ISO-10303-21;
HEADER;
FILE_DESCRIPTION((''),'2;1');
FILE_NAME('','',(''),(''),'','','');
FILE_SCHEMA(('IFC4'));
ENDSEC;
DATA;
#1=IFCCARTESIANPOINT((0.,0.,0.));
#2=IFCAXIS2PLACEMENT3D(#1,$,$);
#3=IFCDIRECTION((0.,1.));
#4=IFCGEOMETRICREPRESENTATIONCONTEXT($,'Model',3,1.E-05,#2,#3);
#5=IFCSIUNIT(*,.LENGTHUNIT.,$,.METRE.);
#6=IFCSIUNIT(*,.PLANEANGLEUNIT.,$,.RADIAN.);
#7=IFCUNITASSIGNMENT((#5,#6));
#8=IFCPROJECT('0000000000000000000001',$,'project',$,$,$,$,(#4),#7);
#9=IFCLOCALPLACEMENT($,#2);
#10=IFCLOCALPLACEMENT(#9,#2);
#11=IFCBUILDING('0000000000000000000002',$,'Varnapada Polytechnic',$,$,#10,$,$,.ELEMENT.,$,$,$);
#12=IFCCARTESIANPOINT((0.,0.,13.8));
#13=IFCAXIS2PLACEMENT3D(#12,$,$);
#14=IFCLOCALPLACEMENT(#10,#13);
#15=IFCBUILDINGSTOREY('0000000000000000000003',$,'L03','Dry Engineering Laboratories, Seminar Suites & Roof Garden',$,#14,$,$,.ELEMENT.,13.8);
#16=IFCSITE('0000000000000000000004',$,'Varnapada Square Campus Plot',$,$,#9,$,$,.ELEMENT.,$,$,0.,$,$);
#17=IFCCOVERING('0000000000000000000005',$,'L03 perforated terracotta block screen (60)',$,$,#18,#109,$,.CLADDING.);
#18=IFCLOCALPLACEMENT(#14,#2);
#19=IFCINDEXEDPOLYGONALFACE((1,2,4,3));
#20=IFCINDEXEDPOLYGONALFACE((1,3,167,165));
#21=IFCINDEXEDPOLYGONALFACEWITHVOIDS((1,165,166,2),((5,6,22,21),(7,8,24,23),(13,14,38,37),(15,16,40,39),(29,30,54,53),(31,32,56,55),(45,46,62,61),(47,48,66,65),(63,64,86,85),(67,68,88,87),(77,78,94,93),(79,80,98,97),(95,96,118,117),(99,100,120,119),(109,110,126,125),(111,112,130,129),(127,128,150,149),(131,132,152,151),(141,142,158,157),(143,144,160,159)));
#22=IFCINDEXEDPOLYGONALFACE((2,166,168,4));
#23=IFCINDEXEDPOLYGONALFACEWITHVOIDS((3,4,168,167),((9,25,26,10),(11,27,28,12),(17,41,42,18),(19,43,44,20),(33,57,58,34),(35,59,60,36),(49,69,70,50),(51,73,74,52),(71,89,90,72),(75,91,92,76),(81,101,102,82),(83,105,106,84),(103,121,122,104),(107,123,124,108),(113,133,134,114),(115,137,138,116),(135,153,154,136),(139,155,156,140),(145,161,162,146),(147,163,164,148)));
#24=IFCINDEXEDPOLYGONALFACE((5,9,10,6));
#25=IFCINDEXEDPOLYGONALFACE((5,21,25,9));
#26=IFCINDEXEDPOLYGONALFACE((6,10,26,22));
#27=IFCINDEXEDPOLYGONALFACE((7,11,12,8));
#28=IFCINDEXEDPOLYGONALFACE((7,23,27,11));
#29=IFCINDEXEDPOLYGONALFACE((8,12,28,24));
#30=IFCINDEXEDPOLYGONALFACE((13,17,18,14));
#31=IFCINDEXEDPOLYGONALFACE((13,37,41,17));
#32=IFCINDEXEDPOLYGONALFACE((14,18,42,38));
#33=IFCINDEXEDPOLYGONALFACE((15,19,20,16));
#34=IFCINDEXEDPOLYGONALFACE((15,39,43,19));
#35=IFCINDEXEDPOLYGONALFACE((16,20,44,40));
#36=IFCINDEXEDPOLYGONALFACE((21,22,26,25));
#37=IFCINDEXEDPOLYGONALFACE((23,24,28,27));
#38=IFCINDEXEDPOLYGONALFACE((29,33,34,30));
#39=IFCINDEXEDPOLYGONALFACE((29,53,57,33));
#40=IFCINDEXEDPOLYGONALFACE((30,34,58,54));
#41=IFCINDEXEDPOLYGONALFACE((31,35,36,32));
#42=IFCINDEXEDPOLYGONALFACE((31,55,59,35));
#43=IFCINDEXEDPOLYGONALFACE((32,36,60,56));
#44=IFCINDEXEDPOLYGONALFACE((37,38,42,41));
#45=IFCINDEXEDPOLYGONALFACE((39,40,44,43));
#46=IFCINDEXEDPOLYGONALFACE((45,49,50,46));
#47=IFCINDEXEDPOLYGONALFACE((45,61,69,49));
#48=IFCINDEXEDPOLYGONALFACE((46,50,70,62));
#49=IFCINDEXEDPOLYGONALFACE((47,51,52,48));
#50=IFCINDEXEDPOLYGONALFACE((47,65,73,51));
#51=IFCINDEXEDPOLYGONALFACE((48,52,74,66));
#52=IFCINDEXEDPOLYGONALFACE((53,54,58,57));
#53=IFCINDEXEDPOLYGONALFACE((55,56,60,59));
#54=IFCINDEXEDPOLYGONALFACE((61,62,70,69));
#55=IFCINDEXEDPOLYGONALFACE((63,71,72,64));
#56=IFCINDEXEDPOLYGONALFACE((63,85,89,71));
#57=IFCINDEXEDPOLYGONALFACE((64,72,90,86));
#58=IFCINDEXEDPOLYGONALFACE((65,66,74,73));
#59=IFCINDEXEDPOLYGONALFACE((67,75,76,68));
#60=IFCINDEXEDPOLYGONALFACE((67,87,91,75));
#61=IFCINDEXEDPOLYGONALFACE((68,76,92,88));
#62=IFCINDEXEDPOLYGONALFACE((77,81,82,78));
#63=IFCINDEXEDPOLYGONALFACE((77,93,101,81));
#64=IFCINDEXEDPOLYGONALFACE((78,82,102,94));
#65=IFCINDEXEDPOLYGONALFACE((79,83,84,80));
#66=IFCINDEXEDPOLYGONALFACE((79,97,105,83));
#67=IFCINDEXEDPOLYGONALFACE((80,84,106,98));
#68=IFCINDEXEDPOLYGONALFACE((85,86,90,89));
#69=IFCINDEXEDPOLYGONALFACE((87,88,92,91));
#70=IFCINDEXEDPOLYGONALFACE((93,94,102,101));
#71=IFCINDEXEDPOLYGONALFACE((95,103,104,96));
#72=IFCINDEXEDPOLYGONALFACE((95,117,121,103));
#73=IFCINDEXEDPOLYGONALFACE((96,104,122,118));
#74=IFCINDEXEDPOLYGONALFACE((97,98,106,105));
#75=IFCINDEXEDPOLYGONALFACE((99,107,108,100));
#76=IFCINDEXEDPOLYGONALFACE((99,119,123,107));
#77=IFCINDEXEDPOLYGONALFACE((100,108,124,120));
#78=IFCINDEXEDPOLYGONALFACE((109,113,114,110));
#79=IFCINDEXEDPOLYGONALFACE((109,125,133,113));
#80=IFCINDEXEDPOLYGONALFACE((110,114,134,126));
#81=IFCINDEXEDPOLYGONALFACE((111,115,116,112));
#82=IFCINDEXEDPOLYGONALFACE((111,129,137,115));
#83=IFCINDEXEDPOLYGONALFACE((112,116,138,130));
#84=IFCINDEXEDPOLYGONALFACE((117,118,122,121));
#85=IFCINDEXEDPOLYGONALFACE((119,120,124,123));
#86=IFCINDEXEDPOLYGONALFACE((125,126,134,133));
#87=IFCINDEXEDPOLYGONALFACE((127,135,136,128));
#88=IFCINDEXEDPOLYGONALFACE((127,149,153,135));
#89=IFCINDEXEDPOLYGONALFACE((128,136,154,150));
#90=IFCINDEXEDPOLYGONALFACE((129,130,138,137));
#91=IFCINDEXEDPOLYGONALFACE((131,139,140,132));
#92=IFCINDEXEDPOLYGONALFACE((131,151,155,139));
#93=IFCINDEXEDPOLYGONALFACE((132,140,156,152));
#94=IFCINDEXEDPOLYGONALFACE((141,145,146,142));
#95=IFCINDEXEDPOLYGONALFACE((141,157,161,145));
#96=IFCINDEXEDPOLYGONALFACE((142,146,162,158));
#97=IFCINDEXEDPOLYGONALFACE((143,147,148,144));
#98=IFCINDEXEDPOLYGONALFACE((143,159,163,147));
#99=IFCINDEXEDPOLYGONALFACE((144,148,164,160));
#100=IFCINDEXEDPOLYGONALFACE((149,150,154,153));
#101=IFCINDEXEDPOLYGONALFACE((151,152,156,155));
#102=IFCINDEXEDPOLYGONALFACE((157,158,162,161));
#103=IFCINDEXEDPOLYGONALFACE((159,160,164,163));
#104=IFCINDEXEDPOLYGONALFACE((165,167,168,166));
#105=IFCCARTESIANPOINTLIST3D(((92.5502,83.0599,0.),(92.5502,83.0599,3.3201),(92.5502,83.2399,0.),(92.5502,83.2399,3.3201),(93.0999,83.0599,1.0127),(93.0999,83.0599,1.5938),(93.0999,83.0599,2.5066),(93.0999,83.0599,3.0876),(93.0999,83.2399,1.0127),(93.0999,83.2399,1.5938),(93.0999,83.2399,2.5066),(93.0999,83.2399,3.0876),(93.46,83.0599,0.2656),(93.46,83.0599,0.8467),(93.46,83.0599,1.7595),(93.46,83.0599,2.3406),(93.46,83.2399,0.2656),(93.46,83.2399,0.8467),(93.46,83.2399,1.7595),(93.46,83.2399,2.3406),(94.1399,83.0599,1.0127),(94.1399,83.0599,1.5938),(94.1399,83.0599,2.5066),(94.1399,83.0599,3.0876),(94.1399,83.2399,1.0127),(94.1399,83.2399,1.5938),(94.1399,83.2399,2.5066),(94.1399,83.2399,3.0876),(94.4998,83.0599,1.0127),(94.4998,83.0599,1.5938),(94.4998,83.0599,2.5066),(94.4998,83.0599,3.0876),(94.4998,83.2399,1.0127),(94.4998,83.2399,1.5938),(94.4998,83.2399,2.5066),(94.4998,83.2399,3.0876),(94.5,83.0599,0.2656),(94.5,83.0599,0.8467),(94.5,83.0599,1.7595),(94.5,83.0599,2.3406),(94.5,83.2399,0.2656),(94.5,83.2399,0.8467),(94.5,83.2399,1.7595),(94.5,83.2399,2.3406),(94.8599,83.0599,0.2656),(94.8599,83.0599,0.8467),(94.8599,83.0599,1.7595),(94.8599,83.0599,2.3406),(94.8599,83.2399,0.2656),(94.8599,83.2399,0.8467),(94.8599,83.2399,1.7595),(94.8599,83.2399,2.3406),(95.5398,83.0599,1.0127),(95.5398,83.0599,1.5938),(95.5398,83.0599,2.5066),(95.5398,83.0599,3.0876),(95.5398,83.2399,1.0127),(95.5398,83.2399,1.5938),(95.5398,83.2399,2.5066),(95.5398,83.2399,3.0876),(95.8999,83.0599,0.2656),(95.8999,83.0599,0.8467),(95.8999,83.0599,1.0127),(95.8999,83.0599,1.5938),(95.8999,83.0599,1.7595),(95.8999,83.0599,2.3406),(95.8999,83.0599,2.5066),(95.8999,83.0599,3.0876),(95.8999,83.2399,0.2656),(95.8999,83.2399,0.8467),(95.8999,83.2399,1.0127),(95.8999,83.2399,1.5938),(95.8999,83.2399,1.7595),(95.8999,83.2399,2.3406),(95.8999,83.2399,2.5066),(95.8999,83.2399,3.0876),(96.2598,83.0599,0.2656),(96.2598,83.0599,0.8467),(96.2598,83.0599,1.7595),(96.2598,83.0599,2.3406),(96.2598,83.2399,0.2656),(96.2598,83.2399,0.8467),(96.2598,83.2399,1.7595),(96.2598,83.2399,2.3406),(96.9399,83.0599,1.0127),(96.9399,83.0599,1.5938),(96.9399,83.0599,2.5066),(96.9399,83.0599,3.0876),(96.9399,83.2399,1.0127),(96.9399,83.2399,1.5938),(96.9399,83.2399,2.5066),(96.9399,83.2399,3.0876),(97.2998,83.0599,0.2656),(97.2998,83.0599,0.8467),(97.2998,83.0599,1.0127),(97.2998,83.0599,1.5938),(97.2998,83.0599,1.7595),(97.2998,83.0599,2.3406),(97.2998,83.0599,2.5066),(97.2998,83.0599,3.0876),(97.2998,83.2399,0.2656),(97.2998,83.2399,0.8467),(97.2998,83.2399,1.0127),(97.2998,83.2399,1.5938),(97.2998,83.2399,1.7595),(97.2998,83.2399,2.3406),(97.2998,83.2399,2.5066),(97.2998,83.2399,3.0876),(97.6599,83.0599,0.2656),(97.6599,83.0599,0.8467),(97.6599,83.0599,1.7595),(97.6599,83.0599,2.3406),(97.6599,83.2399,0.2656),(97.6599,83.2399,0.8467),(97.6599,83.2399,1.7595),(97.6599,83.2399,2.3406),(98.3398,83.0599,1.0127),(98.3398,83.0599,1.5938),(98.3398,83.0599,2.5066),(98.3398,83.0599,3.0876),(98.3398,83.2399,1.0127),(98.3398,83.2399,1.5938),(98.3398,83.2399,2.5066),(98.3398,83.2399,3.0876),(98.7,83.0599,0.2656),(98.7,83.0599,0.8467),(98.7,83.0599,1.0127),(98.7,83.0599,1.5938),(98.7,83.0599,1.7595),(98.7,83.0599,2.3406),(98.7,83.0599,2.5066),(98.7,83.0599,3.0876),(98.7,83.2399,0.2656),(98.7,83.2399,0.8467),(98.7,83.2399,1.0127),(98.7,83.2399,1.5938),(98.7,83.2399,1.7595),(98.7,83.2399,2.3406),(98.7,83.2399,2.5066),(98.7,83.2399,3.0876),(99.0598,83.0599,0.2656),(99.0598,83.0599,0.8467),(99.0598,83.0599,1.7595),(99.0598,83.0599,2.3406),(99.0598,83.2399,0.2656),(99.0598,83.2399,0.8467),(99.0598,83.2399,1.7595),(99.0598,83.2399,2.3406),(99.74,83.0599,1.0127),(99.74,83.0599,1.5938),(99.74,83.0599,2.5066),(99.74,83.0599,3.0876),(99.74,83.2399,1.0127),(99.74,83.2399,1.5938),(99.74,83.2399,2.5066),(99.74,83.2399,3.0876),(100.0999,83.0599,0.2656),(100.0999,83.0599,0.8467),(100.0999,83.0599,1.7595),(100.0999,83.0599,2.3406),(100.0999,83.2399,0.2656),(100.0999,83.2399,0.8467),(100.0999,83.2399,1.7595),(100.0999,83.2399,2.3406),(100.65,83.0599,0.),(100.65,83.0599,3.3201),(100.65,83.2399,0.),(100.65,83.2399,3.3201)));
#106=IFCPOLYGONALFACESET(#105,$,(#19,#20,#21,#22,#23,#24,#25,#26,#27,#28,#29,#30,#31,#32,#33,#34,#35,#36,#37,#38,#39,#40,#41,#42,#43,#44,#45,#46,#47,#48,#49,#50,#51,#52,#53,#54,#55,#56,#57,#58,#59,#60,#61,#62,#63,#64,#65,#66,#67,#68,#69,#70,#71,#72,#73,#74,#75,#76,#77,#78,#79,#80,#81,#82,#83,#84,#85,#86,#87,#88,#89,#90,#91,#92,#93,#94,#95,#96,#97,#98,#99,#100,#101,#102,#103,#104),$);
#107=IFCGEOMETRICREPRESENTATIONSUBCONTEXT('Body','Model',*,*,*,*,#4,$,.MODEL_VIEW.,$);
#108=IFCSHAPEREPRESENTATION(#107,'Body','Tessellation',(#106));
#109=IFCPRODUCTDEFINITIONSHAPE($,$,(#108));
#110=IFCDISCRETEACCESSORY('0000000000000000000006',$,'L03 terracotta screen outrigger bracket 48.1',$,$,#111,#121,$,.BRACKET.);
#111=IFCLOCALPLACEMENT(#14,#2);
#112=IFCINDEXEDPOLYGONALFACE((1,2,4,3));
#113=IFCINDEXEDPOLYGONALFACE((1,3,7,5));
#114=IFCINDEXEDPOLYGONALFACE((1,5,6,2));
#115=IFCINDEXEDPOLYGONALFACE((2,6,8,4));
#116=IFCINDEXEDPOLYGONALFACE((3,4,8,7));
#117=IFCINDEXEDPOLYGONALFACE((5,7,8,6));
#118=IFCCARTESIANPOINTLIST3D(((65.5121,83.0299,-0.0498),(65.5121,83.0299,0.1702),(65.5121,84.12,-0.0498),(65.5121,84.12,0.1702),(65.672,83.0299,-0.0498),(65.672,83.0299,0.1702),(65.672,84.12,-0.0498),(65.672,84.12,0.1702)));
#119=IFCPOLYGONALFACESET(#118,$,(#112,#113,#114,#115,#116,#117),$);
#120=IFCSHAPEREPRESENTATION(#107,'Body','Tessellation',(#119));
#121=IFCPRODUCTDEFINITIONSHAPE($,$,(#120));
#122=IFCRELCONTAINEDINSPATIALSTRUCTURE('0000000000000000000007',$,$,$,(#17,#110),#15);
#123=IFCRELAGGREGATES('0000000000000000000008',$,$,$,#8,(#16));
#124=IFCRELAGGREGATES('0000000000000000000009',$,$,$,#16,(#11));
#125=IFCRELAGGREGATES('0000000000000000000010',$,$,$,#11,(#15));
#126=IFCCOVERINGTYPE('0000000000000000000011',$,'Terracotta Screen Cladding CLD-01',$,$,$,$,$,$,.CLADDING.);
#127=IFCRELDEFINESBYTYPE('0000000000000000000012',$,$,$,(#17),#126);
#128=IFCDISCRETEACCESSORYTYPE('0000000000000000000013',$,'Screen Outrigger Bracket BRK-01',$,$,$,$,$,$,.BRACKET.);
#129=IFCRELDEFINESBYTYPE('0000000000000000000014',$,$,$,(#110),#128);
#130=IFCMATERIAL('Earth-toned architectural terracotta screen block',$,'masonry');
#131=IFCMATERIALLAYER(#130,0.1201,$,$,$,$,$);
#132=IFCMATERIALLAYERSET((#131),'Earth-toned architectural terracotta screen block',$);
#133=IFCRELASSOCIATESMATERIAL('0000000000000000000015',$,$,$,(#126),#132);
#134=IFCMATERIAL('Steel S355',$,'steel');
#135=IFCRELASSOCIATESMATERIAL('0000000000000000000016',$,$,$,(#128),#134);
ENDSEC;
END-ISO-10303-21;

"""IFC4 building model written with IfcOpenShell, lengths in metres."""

from ifc_helpers import new_model, si_unit, direction, frame, frame_2d, origin, origin_2d, place, context, subcontext, project, spatial, rectangle, extrude, material, layer, layer_set, type_object, element, save


model = new_model("IFC4")

# Units and contexts
model_context = context("Model", 3, precision=1e-05, world=origin(), true_north=direction((0.0, 1.0)))
body_context = subcontext(model_context, "Body", "Model", "MODEL_VIEW")
ifc_project = project(units=[si_unit("LENGTHUNIT", "METRE"), si_unit("PLANEANGLEUNIT", "RADIAN")], contexts=[model_context])

# Site, building, storey
site_placement = place(None, origin())
site = spatial("IfcSite", under=ifc_project, at=site_placement, Name="Varnapada Square Campus Plot", CompositionType="ELEMENT", RefElevation=0.0)
building_placement = place(site_placement, origin())
building = spatial("IfcBuilding", under=site, at=building_placement, Name="Varnapada Polytechnic", CompositionType="ELEMENT")
storey_placement = place(building_placement, frame((0.0, 0.0, 13.8)))
storey = spatial("IfcBuildingStorey", under=building, at=storey_placement, Name="L03", Description="Dry Engineering Laboratories, Seminar Suites & Roof Garden", CompositionType="ELEMENT", Elevation=13.8)

# Covering, openings
ifc_material_1 = material(Name="Earth-toned architectural terracotta screen block", Category="masonry")
ifc_layer = layer(ifc_material_1, 0.1201)
ifc_layer_set = layer_set([ifc_layer], Name="Earth-toned architectural terracotta screen block")
covering_type = type_object("IfcCoveringType", Name="Terracotta Screen Cladding CLD-01", PredefinedType="CLADDING", material=ifc_layer_set)
covering_placement = place(storey_placement, frame((100.6499, 83.1499, 0.0), z_axis=(0.0, 0.0, 1.0), x_axis=(-1.0, 0.0, 0.0)))
covering = element("IfcCovering", 1, at=covering_placement, inside=storey, type_object=covering_type, Name="L03 perforated terracotta block screen (60)", PredefinedType="CLADDING", context=body_context, shape_type="SweptSolid", body=[
    extrude(rectangle(XDim=8.0999, YDim=0.1799, at=frame_2d((4.0498, 0.0))), origin(), (0.0, 0.0, 1.0), 3.3201),
])
opening_1_placement = place(covering_placement, frame((0.55, 0.0, 0.2656)))
element("IfcOpeningElement", 2, at=opening_1_placement, cuts=covering, PredefinedType="OPENING", context=body_context, shape_type="SweptSolid", body=[
    extrude(rectangle(XDim=1.04, YDim=0.5811, at=frame_2d((0.52, 0.2905))), frame((0.0, 0.0999, 0.0), z_axis=(0.0, -1.0, 0.0), x_axis=(1.0, 0.0, 0.0)), (0.0, 0.0, 1.0), 0.2),
])
opening_2_placement = place(covering_placement, frame((1.95, 0.0, 0.2656)))
element("IfcOpeningElement", 3, at=opening_2_placement, cuts=covering, PredefinedType="OPENING", context=body_context, shape_type="SweptSolid", body=[
    extrude(rectangle(XDim=1.04, YDim=0.5811, at=frame_2d((0.52, 0.2905))), frame((0.0, 0.0999, 0.0), z_axis=(0.0, -1.0, 0.0), x_axis=(1.0, 0.0, 0.0)), (0.0, 0.0, 1.0), 0.2),
])
opening_3_placement = place(covering_placement, frame((3.3501, 0.0, 0.2656)))
element("IfcOpeningElement", 4, at=opening_3_placement, cuts=covering, PredefinedType="OPENING", context=body_context, shape_type="SweptSolid", body=[
    extrude(rectangle(XDim=1.04, YDim=0.5811, at=frame_2d((0.52, 0.2905))), frame((0.0, 0.0999, 0.0), z_axis=(0.0, -1.0, 0.0), x_axis=(1.0, 0.0, 0.0)), (0.0, 0.0, 1.0), 0.2),
])
opening_4_placement = place(covering_placement, frame((4.75, 0.0, 0.2656)))
element("IfcOpeningElement", 5, at=opening_4_placement, cuts=covering, PredefinedType="OPENING", context=body_context, shape_type="SweptSolid", body=[
    extrude(rectangle(XDim=1.04, YDim=0.5811, at=frame_2d((0.52, 0.2905))), frame((0.0, 0.0999, 0.0), z_axis=(0.0, -1.0, 0.0), x_axis=(1.0, 0.0, 0.0)), (0.0, 0.0, 1.0), 0.2),
])
opening_5_placement = place(covering_placement, frame((6.1499, 0.0, 0.2656)))
element("IfcOpeningElement", 6, at=opening_5_placement, cuts=covering, PredefinedType="OPENING", context=body_context, shape_type="SweptSolid", body=[
    extrude(rectangle(XDim=1.04, YDim=0.5811, at=frame_2d((0.52, 0.2905))), frame((0.0, 0.0999, 0.0), z_axis=(0.0, -1.0, 0.0), x_axis=(1.0, 0.0, 0.0)), (0.0, 0.0, 1.0), 0.2),
])
opening_6_placement = place(covering_placement, frame((0.9099, 0.0, 1.0127)))
element("IfcOpeningElement", 7, at=opening_6_placement, cuts=covering, PredefinedType="OPENING", context=body_context, shape_type="SweptSolid", body=[
    extrude(rectangle(XDim=1.04, YDim=0.5811, at=frame_2d((0.52, 0.2905))), frame((0.0, 0.0999, 0.0), z_axis=(0.0, -1.0, 0.0), x_axis=(1.0, 0.0, 0.0)), (0.0, 0.0, 1.0), 0.2),
])
opening_7_placement = place(covering_placement, frame((2.3101, 0.0, 1.0127)))
element("IfcOpeningElement", 8, at=opening_7_placement, cuts=covering, PredefinedType="OPENING", context=body_context, shape_type="SweptSolid", body=[
    extrude(rectangle(XDim=1.04, YDim=0.5811, at=frame_2d((0.52, 0.2905))), frame((0.0, 0.0999, 0.0), z_axis=(0.0, -1.0, 0.0), x_axis=(1.0, 0.0, 0.0)), (0.0, 0.0, 1.0), 0.2),
])
opening_8_placement = place(covering_placement, frame((3.71, 0.0, 1.0127)))
element("IfcOpeningElement", 9, at=opening_8_placement, cuts=covering, PredefinedType="OPENING", context=body_context, shape_type="SweptSolid", body=[
    extrude(rectangle(XDim=1.04, YDim=0.5811, at=frame_2d((0.52, 0.2905))), frame((0.0, 0.0999, 0.0), z_axis=(0.0, -1.0, 0.0), x_axis=(1.0, 0.0, 0.0)), (0.0, 0.0, 1.0), 0.2),
])
opening_9_placement = place(covering_placement, frame((5.1101, 0.0, 1.0127)))
element("IfcOpeningElement", 10, at=opening_9_placement, cuts=covering, PredefinedType="OPENING", context=body_context, shape_type="SweptSolid", body=[
    extrude(rectangle(XDim=1.04, YDim=0.5811, at=frame_2d((0.52, 0.2905))), frame((0.0, 0.0999, 0.0), z_axis=(0.0, -1.0, 0.0), x_axis=(1.0, 0.0, 0.0)), (0.0, 0.0, 1.0), 0.2),
])
opening_10_placement = place(covering_placement, frame((6.51, 0.0, 1.0127)))
element("IfcOpeningElement", 11, at=opening_10_placement, cuts=covering, PredefinedType="OPENING", context=body_context, shape_type="SweptSolid", body=[
    extrude(rectangle(XDim=1.04, YDim=0.5811, at=frame_2d((0.52, 0.2905))), frame((0.0, 0.0999, 0.0), z_axis=(0.0, -1.0, 0.0), x_axis=(1.0, 0.0, 0.0)), (0.0, 0.0, 1.0), 0.2),
])
opening_11_placement = place(covering_placement, frame((0.55, 0.0, 1.7595)))
element("IfcOpeningElement", 12, at=opening_11_placement, cuts=covering, PredefinedType="OPENING", context=body_context, shape_type="SweptSolid", body=[
    extrude(rectangle(XDim=1.04, YDim=0.5811, at=frame_2d((0.52, 0.2905))), frame((0.0, 0.0999, 0.0), z_axis=(0.0, -1.0, 0.0), x_axis=(1.0, 0.0, 0.0)), (0.0, 0.0, 1.0), 0.2),
])
opening_12_placement = place(covering_placement, frame((1.95, 0.0, 1.7595)))
element("IfcOpeningElement", 13, at=opening_12_placement, cuts=covering, PredefinedType="OPENING", context=body_context, shape_type="SweptSolid", body=[
    extrude(rectangle(XDim=1.04, YDim=0.5811, at=frame_2d((0.52, 0.2905))), frame((0.0, 0.0999, 0.0), z_axis=(0.0, -1.0, 0.0), x_axis=(1.0, 0.0, 0.0)), (0.0, 0.0, 1.0), 0.2),
])
opening_13_placement = place(covering_placement, frame((3.3501, 0.0, 1.7595)))
element("IfcOpeningElement", 14, at=opening_13_placement, cuts=covering, PredefinedType="OPENING", context=body_context, shape_type="SweptSolid", body=[
    extrude(rectangle(XDim=1.04, YDim=0.5811, at=frame_2d((0.52, 0.2905))), frame((0.0, 0.0999, 0.0), z_axis=(0.0, -1.0, 0.0), x_axis=(1.0, 0.0, 0.0)), (0.0, 0.0, 1.0), 0.2),
])
opening_14_placement = place(covering_placement, frame((4.75, 0.0, 1.7595)))
element("IfcOpeningElement", 15, at=opening_14_placement, cuts=covering, PredefinedType="OPENING", context=body_context, shape_type="SweptSolid", body=[
    extrude(rectangle(XDim=1.04, YDim=0.5811, at=frame_2d((0.52, 0.2905))), frame((0.0, 0.0999, 0.0), z_axis=(0.0, -1.0, 0.0), x_axis=(1.0, 0.0, 0.0)), (0.0, 0.0, 1.0), 0.2),
])
opening_15_placement = place(covering_placement, frame((6.1499, 0.0, 1.7595)))
element("IfcOpeningElement", 16, at=opening_15_placement, cuts=covering, PredefinedType="OPENING", context=body_context, shape_type="SweptSolid", body=[
    extrude(rectangle(XDim=1.04, YDim=0.5811, at=frame_2d((0.52, 0.2905))), frame((0.0, 0.0999, 0.0), z_axis=(0.0, -1.0, 0.0), x_axis=(1.0, 0.0, 0.0)), (0.0, 0.0, 1.0), 0.2),
])
opening_16_placement = place(covering_placement, frame((0.9099, 0.0, 2.5066)))
element("IfcOpeningElement", 17, at=opening_16_placement, cuts=covering, PredefinedType="OPENING", context=body_context, shape_type="SweptSolid", body=[
    extrude(rectangle(XDim=1.04, YDim=0.5811, at=frame_2d((0.52, 0.2905))), frame((0.0, 0.0999, 0.0), z_axis=(0.0, -1.0, 0.0), x_axis=(1.0, 0.0, 0.0)), (0.0, 0.0, 1.0), 0.2),
])
opening_17_placement = place(covering_placement, frame((2.3101, 0.0, 2.5066)))
element("IfcOpeningElement", 18, at=opening_17_placement, cuts=covering, PredefinedType="OPENING", context=body_context, shape_type="SweptSolid", body=[
    extrude(rectangle(XDim=1.04, YDim=0.5811, at=frame_2d((0.52, 0.2905))), frame((0.0, 0.0999, 0.0), z_axis=(0.0, -1.0, 0.0), x_axis=(1.0, 0.0, 0.0)), (0.0, 0.0, 1.0), 0.2),
])
opening_18_placement = place(covering_placement, frame((3.71, 0.0, 2.5066)))
element("IfcOpeningElement", 19, at=opening_18_placement, cuts=covering, PredefinedType="OPENING", context=body_context, shape_type="SweptSolid", body=[
    extrude(rectangle(XDim=1.04, YDim=0.5811, at=frame_2d((0.52, 0.2905))), frame((0.0, 0.0999, 0.0), z_axis=(0.0, -1.0, 0.0), x_axis=(1.0, 0.0, 0.0)), (0.0, 0.0, 1.0), 0.2),
])
opening_19_placement = place(covering_placement, frame((5.1101, 0.0, 2.5066)))
element("IfcOpeningElement", 20, at=opening_19_placement, cuts=covering, PredefinedType="OPENING", context=body_context, shape_type="SweptSolid", body=[
    extrude(rectangle(XDim=1.04, YDim=0.5811, at=frame_2d((0.52, 0.2905))), frame((0.0, 0.0999, 0.0), z_axis=(0.0, -1.0, 0.0), x_axis=(1.0, 0.0, 0.0)), (0.0, 0.0, 1.0), 0.2),
])
opening_20_placement = place(covering_placement, frame((6.51, 0.0, 2.5066)))
element("IfcOpeningElement", 21, at=opening_20_placement, cuts=covering, PredefinedType="OPENING", context=body_context, shape_type="SweptSolid", body=[
    extrude(rectangle(XDim=1.04, YDim=0.5811, at=frame_2d((0.52, 0.2905))), frame((0.0, 0.0999, 0.0), z_axis=(0.0, -1.0, 0.0), x_axis=(1.0, 0.0, 0.0)), (0.0, 0.0, 1.0), 0.2),
])

# Discrete accessory
ifc_material_2 = material(Name="Steel S355", Category="steel")
discrete_accessory_type = type_object("IfcDiscreteAccessoryType", Name="Screen Outrigger Bracket BRK-01", PredefinedType="BRACKET", material=ifc_material_2)
for number, where, z_axis, x_axis, name in (
    (22, (65.592, 83.575, -0.0498), (0.0, 0.0, 1.0), (-1.0, 0.0, 0.0), "L03 terracotta screen outrigger bracket 48.1"),
):
    element("IfcDiscreteAccessory", number, at=place(storey_placement, frame(where, z_axis=z_axis, x_axis=x_axis)), inside=storey, type_object=discrete_accessory_type, Name=name, PredefinedType="BRACKET", context=body_context, shape_type="SweptSolid", body=[
        extrude(rectangle(XDim=0.1599, YDim=1.0901, at=origin_2d()), origin(), (0.0, 0.0, 1.0), 0.22),
    ])

save(model, "model.ifc")
